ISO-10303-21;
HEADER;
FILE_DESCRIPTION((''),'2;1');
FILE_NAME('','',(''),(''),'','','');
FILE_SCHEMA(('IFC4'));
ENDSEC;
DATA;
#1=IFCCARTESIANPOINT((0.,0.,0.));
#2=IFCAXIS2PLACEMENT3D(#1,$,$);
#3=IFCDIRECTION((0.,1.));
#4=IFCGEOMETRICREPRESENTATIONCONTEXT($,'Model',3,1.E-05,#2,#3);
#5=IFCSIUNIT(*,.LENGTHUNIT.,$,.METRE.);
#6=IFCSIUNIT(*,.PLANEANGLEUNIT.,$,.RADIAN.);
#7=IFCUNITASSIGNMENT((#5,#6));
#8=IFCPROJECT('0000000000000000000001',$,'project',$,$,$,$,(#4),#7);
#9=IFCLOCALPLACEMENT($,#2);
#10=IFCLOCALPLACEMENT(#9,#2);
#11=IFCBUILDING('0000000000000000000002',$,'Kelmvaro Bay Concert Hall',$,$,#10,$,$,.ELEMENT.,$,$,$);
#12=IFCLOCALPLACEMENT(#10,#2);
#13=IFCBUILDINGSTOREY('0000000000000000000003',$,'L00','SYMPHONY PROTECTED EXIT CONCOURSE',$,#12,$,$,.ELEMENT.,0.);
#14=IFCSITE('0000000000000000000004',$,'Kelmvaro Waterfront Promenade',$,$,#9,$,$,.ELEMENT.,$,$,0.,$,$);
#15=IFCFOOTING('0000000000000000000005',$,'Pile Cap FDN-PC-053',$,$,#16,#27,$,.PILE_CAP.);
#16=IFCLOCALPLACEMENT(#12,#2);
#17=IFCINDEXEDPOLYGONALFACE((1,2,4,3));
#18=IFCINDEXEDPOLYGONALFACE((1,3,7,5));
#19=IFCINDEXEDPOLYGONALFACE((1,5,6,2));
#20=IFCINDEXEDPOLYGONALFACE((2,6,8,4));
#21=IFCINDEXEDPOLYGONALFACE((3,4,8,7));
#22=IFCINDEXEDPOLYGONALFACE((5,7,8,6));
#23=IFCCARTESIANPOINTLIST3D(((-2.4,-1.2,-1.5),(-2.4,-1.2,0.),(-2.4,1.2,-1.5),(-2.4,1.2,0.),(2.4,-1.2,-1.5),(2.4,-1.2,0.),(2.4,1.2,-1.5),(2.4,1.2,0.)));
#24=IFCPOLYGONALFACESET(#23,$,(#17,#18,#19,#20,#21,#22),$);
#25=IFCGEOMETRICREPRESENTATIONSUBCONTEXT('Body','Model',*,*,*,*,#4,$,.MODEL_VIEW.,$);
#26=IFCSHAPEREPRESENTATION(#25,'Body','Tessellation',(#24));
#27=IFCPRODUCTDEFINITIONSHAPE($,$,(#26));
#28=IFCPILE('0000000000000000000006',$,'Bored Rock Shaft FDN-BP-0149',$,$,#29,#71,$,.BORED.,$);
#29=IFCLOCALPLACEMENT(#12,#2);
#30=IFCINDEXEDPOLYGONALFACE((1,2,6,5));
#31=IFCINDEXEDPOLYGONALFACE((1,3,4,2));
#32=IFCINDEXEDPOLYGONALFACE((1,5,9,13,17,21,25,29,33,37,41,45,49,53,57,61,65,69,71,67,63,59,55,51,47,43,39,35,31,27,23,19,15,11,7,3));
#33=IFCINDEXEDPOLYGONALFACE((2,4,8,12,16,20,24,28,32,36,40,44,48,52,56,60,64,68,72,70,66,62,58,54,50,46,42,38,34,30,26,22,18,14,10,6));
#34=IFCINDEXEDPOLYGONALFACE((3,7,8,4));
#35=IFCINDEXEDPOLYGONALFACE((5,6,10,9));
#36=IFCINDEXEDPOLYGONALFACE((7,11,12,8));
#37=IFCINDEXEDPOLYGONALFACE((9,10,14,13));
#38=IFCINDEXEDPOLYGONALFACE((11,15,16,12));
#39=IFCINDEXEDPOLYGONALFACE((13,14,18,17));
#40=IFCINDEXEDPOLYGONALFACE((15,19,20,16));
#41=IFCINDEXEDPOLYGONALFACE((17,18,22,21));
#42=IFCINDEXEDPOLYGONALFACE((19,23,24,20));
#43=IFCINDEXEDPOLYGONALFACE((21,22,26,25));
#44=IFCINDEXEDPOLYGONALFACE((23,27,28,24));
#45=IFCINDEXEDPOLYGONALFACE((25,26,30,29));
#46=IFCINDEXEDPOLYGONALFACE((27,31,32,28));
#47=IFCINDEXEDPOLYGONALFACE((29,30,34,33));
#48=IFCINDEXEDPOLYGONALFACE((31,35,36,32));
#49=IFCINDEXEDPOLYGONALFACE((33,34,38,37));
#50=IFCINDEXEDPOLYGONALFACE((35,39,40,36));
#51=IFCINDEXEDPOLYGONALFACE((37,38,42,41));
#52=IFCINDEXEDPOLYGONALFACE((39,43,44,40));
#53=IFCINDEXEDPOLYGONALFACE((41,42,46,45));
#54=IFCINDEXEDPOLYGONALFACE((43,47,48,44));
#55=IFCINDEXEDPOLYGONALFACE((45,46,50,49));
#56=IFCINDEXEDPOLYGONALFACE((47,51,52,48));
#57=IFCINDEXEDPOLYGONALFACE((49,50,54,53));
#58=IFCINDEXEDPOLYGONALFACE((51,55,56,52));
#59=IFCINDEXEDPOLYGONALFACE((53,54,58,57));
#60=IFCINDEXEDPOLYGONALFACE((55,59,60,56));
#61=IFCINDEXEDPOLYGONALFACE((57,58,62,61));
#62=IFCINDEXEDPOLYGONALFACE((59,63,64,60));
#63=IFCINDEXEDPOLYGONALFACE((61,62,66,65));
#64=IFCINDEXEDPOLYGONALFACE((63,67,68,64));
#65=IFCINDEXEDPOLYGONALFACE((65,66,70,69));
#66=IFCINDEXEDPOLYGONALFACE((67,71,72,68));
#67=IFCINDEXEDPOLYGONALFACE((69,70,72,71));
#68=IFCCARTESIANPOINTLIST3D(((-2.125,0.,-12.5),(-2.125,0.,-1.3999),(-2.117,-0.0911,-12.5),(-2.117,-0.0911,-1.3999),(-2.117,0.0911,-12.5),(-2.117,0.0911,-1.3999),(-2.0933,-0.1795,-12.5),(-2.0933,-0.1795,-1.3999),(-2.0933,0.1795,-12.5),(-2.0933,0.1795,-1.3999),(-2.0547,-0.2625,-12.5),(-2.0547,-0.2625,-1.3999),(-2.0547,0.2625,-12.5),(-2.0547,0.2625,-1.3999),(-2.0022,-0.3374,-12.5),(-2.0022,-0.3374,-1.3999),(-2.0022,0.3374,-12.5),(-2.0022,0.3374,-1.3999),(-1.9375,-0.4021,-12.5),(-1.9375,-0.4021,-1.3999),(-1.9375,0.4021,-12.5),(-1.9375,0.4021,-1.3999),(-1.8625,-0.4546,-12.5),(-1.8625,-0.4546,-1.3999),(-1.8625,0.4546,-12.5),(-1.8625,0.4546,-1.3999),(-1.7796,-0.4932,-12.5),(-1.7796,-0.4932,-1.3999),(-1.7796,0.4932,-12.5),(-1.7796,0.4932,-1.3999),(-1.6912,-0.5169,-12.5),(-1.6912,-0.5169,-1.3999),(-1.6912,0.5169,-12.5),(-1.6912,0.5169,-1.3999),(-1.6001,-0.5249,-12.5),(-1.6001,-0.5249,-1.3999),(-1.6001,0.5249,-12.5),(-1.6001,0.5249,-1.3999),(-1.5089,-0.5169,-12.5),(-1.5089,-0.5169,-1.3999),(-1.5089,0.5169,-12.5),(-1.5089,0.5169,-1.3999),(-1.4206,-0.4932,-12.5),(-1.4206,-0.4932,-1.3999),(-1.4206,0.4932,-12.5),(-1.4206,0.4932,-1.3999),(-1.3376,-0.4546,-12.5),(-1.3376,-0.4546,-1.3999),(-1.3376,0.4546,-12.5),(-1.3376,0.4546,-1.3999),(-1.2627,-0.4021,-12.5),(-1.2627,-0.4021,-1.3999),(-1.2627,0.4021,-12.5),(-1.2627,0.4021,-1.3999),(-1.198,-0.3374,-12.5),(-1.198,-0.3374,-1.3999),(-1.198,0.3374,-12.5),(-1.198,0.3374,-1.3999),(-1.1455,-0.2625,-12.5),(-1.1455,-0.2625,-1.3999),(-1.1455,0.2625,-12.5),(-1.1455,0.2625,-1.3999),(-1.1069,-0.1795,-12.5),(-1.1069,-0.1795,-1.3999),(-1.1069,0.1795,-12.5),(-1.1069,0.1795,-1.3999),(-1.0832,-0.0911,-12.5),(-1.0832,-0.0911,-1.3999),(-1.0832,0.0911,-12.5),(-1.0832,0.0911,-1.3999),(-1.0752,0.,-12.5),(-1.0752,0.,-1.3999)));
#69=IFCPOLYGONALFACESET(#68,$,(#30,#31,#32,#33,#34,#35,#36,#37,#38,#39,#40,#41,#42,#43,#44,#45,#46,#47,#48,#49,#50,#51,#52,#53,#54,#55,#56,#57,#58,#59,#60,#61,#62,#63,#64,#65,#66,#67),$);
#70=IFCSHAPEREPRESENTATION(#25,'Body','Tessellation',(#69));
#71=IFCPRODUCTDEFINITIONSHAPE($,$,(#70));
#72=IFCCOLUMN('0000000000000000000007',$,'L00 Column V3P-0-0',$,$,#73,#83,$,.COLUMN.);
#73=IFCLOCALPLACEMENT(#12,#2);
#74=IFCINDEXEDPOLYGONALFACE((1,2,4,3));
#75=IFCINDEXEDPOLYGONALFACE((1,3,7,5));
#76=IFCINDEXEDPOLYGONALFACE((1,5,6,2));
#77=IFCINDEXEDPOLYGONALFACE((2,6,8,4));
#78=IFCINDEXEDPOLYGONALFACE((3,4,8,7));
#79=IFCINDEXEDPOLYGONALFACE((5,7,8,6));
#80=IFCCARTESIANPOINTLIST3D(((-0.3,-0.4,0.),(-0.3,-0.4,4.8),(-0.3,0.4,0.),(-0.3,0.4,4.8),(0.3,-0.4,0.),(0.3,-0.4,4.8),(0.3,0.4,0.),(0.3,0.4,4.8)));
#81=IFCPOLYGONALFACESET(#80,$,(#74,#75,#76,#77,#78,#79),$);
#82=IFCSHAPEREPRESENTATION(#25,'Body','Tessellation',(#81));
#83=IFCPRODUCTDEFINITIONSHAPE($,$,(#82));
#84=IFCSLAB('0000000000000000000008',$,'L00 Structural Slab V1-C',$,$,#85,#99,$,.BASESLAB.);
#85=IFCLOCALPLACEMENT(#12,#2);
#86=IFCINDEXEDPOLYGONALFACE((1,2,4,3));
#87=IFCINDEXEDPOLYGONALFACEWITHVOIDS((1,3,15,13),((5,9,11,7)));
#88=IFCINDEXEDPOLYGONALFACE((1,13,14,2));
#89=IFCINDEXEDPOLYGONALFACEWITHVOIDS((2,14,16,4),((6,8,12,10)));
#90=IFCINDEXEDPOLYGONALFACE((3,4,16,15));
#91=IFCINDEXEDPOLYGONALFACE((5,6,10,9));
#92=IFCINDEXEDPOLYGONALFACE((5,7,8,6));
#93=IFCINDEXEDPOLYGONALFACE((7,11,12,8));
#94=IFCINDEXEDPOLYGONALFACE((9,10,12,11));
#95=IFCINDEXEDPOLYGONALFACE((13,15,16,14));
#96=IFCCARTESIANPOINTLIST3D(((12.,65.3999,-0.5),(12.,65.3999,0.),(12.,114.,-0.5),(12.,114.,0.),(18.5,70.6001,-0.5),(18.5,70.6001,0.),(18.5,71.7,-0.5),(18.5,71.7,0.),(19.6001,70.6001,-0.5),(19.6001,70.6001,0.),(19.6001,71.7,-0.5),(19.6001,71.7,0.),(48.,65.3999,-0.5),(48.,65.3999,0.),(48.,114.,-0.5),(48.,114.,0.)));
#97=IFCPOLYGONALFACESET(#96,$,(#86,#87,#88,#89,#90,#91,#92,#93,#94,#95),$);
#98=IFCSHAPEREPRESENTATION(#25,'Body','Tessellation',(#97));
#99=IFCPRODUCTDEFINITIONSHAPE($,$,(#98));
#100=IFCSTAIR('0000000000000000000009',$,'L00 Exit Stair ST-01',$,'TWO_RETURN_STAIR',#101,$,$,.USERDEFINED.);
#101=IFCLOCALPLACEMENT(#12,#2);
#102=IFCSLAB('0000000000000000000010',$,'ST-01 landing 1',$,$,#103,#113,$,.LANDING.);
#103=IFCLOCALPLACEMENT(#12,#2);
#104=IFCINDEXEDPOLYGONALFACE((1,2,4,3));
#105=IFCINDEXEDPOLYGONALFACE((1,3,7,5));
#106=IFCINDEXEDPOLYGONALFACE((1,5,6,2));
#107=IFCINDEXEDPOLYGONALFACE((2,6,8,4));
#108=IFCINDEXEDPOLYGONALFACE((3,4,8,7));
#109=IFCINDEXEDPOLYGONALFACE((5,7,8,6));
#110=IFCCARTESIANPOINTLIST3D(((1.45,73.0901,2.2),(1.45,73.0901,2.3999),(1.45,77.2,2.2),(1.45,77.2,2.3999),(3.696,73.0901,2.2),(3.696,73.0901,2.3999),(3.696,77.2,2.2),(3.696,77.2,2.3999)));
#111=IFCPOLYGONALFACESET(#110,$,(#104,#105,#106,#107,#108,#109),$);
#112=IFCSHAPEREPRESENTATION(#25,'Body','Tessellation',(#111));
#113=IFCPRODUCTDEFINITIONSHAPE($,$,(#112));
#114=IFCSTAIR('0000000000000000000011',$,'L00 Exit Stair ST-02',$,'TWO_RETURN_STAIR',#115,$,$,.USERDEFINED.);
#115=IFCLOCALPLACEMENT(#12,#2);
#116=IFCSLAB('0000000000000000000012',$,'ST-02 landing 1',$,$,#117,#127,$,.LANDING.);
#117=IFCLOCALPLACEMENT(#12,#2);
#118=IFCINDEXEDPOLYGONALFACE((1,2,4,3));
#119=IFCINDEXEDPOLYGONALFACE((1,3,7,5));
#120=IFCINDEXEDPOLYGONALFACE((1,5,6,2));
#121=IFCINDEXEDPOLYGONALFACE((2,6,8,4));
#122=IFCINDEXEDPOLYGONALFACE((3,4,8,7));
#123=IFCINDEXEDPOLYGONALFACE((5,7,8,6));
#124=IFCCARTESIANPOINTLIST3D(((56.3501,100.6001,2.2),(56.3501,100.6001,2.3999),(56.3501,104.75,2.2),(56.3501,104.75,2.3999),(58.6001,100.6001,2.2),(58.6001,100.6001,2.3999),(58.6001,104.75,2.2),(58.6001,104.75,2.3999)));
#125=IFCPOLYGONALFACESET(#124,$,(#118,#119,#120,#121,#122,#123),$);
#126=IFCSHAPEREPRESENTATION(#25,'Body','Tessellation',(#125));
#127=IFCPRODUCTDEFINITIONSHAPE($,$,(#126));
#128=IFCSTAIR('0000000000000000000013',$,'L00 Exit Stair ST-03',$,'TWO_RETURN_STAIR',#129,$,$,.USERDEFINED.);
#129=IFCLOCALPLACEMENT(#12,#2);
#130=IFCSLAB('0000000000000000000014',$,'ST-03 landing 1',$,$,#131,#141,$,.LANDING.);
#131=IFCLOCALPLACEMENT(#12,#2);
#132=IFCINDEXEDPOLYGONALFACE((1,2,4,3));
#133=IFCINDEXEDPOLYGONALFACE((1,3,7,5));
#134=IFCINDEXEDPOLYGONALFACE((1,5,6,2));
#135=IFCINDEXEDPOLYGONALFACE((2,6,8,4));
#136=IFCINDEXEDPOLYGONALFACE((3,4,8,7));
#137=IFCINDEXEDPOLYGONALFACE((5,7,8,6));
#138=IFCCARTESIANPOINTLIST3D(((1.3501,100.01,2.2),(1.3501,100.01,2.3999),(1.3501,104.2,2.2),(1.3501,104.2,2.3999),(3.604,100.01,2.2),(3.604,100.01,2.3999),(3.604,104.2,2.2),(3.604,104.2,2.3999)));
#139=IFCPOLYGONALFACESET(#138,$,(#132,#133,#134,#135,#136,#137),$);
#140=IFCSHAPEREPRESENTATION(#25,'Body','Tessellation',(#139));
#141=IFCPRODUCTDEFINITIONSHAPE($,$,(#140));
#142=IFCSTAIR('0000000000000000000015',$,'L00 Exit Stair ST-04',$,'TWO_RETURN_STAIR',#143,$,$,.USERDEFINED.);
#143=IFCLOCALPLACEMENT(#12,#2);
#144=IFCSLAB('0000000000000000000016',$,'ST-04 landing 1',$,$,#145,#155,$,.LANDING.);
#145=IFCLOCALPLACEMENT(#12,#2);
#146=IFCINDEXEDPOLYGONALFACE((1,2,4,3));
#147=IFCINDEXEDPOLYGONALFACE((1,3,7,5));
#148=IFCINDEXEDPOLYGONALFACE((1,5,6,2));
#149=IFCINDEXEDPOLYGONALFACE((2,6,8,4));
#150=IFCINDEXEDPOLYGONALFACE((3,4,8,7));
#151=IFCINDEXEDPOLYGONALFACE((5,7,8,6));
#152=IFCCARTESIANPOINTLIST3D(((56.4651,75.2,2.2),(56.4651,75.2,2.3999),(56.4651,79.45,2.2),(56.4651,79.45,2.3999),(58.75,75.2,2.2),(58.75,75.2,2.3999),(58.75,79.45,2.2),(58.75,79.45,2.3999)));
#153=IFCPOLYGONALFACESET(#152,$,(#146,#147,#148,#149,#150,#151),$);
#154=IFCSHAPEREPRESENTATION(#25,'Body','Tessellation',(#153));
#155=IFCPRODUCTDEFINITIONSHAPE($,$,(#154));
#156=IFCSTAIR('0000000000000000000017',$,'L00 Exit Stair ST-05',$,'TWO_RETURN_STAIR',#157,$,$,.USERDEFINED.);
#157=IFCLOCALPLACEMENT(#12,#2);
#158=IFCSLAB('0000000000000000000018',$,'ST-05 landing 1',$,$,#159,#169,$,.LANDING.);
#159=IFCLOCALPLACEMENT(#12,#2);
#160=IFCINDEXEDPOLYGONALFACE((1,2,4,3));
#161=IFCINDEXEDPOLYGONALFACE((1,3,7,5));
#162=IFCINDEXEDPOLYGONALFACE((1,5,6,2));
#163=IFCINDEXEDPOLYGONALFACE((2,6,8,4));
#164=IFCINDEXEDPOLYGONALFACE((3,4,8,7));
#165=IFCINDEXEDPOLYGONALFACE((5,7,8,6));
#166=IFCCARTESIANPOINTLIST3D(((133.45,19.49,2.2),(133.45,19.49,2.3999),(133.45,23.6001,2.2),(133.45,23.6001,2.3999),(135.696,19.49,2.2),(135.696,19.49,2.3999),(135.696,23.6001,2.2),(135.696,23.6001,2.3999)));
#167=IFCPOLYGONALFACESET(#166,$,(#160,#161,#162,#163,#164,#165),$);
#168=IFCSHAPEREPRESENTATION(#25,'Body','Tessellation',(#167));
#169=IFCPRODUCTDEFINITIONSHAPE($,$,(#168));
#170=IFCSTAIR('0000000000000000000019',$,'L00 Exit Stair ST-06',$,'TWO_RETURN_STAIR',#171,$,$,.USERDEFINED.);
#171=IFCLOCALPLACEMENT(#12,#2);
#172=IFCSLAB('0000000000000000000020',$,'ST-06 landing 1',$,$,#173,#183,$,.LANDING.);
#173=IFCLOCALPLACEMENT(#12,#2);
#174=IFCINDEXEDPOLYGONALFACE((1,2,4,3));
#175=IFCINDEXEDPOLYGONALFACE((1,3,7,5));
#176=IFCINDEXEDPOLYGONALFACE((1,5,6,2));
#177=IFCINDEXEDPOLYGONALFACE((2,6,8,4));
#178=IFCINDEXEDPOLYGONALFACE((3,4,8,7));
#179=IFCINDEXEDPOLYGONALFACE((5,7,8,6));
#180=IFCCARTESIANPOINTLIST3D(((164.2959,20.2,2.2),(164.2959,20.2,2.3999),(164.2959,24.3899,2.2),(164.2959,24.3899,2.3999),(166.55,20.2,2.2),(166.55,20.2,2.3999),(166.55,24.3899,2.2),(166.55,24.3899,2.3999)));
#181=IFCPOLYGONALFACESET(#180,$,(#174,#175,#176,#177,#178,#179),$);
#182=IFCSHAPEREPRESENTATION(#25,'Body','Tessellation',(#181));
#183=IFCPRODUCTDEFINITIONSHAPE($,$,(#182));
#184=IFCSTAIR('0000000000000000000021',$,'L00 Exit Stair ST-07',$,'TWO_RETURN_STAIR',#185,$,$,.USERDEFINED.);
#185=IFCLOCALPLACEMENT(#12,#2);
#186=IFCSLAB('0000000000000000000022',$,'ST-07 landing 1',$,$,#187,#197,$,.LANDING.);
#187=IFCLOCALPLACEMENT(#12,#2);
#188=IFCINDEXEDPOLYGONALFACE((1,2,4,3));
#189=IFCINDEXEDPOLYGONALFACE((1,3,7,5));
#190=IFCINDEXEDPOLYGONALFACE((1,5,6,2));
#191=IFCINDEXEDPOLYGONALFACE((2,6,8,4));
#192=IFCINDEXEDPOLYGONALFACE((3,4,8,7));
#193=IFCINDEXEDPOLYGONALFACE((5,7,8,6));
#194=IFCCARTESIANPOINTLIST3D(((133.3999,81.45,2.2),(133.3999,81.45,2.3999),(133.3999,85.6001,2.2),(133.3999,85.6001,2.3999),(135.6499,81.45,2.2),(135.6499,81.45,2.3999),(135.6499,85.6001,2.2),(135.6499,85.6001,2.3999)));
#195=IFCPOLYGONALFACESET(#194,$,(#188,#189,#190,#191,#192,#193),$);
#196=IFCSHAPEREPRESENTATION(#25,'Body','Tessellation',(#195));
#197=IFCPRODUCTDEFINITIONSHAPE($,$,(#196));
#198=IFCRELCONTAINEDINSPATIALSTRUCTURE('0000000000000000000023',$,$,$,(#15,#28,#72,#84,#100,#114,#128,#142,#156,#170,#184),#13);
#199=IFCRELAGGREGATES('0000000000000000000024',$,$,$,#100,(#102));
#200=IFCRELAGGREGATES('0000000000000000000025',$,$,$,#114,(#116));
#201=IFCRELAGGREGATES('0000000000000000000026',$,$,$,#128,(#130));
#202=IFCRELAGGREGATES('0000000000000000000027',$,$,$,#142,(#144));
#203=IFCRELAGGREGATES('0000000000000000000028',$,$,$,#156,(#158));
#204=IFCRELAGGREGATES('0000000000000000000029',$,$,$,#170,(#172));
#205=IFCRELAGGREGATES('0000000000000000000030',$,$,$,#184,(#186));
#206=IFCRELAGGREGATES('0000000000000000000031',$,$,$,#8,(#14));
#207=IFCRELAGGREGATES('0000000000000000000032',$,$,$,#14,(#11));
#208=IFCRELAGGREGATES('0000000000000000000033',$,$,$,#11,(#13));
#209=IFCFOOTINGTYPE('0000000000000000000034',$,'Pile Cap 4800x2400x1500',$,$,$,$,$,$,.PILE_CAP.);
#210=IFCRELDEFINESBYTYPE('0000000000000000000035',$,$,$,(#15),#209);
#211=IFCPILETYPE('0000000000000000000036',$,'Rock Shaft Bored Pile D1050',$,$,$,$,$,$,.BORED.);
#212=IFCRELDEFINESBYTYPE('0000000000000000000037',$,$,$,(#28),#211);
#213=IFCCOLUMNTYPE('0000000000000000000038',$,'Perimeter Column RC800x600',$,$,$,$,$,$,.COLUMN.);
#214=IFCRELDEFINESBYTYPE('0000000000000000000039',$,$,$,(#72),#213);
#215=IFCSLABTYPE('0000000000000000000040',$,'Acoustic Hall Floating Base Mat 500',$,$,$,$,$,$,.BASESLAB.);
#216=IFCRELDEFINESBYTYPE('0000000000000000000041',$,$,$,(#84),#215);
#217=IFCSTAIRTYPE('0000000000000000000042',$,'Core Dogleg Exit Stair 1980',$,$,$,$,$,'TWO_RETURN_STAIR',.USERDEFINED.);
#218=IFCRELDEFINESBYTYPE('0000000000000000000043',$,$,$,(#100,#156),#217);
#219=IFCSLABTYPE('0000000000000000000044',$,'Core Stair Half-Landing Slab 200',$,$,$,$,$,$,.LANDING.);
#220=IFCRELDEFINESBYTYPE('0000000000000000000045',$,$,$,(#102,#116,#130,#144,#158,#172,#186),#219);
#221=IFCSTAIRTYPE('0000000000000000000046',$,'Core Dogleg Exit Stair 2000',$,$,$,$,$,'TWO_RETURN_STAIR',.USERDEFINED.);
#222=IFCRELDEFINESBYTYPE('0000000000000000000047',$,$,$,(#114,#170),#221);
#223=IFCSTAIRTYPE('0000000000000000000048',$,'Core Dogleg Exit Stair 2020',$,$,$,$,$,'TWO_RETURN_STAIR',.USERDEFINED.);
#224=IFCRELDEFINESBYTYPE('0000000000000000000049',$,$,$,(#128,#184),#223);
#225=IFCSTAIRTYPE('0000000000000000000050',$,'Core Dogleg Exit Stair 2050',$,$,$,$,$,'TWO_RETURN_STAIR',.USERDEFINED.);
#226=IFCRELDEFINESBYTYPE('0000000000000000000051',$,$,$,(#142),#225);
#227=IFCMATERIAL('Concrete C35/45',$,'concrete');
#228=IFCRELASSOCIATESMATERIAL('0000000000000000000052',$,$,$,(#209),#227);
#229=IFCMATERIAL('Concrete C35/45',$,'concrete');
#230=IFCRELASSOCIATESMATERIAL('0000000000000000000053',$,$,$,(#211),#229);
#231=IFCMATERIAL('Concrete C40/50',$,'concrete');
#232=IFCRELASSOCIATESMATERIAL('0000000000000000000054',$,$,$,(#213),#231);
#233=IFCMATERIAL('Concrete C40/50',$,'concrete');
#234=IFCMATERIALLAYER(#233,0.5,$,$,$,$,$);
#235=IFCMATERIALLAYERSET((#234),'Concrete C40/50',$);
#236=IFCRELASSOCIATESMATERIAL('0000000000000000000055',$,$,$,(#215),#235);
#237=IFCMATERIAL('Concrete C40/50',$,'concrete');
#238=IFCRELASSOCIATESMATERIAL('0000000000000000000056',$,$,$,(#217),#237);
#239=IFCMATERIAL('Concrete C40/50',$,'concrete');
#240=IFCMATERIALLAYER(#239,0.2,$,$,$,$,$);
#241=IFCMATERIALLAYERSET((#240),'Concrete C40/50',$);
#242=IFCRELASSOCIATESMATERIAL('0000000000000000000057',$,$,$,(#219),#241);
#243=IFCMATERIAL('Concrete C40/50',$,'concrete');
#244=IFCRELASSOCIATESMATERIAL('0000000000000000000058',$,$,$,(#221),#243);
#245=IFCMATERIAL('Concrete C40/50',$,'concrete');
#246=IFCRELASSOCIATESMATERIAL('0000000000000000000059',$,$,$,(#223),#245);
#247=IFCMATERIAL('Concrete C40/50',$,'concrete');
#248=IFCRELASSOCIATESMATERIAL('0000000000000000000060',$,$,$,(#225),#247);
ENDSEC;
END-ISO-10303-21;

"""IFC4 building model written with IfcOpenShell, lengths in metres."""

from ifc_helpers import new_model, si_unit, direction, frame, origin, origin_with_axes, origin_2d, place, context, subcontext, project, spatial, polyline, rectangle, circle, outline, extrude, material, layer, layer_set, material_profile, profile_set, type_object, element, aggregate, save


model = new_model("IFC4")

# Units and contexts
model_context = context("Model", 3, precision=1e-05, world=origin(), true_north=direction((0.0, 1.0)))
body_context = subcontext(model_context, "Body", "Model", "MODEL_VIEW")
ifc_project = project(units=[si_unit("LENGTHUNIT", "METRE"), si_unit("PLANEANGLEUNIT", "RADIAN")], contexts=[model_context])

# Site, building, storey
site_placement = place(None, origin())
site = spatial("IfcSite", under=ifc_project, at=site_placement, Name="Kelmvaro Waterfront Promenade", CompositionType="ELEMENT", RefElevation=0.0)
building_placement = place(site_placement, origin())
building = spatial("IfcBuilding", under=site, at=building_placement, Name="Kelmvaro Bay Concert Hall", CompositionType="ELEMENT")
storey_placement = place(building_placement, origin())
storey = spatial("IfcBuildingStorey", under=building, at=storey_placement, Name="L00", Description="SYMPHONY PROTECTED EXIT CONCOURSE", CompositionType="ELEMENT", Elevation=0.0)

# Footing
ifc_material_1 = material(Name="Concrete C35/45", Category="concrete")
footing_type = type_object("IfcFootingType", Name="Pile Cap 4800x2400x1500", PredefinedType="PILE_CAP", material=ifc_material_1)
footing_placement = place(storey_placement, frame((0.0, 0.0, -1.5), z_axis=(0.0, 0.0, 1.0), x_axis=(1.0, 0.0, 0.0)))
element("IfcFooting", 1, at=footing_placement, inside=storey, type_object=footing_type, Name="Pile Cap FDN-PC-053", PredefinedType="PILE_CAP", context=body_context, shape_type="SweptSolid", body=[
    extrude(rectangle(XDim=4.8, YDim=2.3999, at=origin_2d()), origin(), (0.0, 0.0, 1.0), 1.5),
])

# Pile
ifc_material_2 = material(Name="Concrete C35/45", Category="concrete")
ifc_material_profile_1 = material_profile(ifc_material_2, circle(Radius=0.5249, at=origin_2d()), Name="PILE-BORED-1050")
ifc_profile_set_1 = profile_set([ifc_material_profile_1], Name="Concrete C35/45")
pile_type = type_object("IfcPileType", Name="Rock Shaft Bored Pile D1050", PredefinedType="BORED", material=ifc_profile_set_1)
pile_placement = place(storey_placement, frame((-1.6001, 0.0, -1.3999), z_axis=(0.0, 0.0, -1.0), x_axis=(1.0, 0.0, 0.0)))
element("IfcPile", 2, at=pile_placement, inside=storey, type_object=pile_type, Name="Bored Rock Shaft FDN-BP-0149", PredefinedType="BORED", context=body_context, shape_type="SweptSolid", body=[
    extrude(circle(Radius=0.5249, at=origin_2d()), origin(), (0.0, 0.0, 1.0), 11.1001),
])

# Column
ifc_material_3 = material(Name="Concrete C40/50", Category="concrete")
ifc_material_profile_2 = material_profile(ifc_material_3, rectangle(XDim=0.6001, YDim=0.8, at=origin_2d()), Name="RC-COL-800X600")
ifc_profile_set_2 = profile_set([ifc_material_profile_2], Name="Concrete C40/50")
column_type = type_object("IfcColumnType", Name="Perimeter Column RC800x600", PredefinedType="COLUMN", material=ifc_profile_set_2)
column_placement = place(storey_placement, origin_with_axes())
element("IfcColumn", 3, at=column_placement, inside=storey, type_object=column_type, Name="L00 Column V3P-0-0", PredefinedType="COLUMN", context=body_context, shape_type="SweptSolid", body=[
    extrude(rectangle(XDim=0.6001, YDim=0.8, at=origin_2d()), origin(), (0.0, 0.0, 1.0), 4.8),
])

# Slab
ifc_material_4 = material(Name="Concrete C40/50", Category="concrete")
ifc_layer_1 = layer(ifc_material_4, 0.5)
ifc_layer_set_1 = layer_set([ifc_layer_1], Name="Concrete C40/50")
slab_type_1 = type_object("IfcSlabType", Name="Acoustic Hall Floating Base Mat 500", PredefinedType="BASESLAB", material=ifc_layer_set_1)
slab_1_placement = place(storey_placement, frame((0.0, 0.0, -0.5)))
element("IfcSlab", 4, at=slab_1_placement, inside=storey, type_object=slab_type_1, Name="L00 Structural Slab V1-C", PredefinedType="BASESLAB", context=body_context, shape_type="SweptSolid", body=[
    extrude(outline(polyline([(12.0, 65.3999), (48.0, 65.3999), (48.0, 114.0), (12.0, 114.0), (12.0, 65.3999)]), holes=[polyline([(18.5, 70.6001), (19.6001, 70.6001), (19.6001, 71.7), (18.5, 71.7), (18.5, 70.6001)])]), origin(), (0.0, 0.0, 1.0), 0.5),
])

# Stairs, slabs
ifc_material_5 = material(Name="Concrete C40/50", Category="concrete")
stair_type_1 = type_object("IfcStairType", Name="Core Dogleg Exit Stair 1980", ElementType="TWO_RETURN_STAIR", PredefinedType="USERDEFINED", material=ifc_material_5)
stair_1_placement = place(storey_placement, origin())
stair_1 = element("IfcStair", 5, at=stair_1_placement, inside=storey, type_object=stair_type_1, Name="L00 Exit Stair ST-01", ObjectType="TWO_RETURN_STAIR", PredefinedType="USERDEFINED")
ifc_material_6 = material(Name="Concrete C40/50", Category="concrete")
ifc_layer_2 = layer(ifc_material_6, 0.2)
ifc_layer_set_2 = layer_set([ifc_layer_2], Name="Concrete C40/50")
slab_type_2 = type_object("IfcSlabType", Name="Core Stair Half-Landing Slab 200", PredefinedType="LANDING", material=ifc_layer_set_2)
slab_2_placement = place(storey_placement, frame((0.0, 0.0, 2.2)))
slab_2 = element("IfcSlab", 6, at=slab_2_placement, type_object=slab_type_2, Name="ST-01 landing 1", PredefinedType="LANDING", context=body_context, shape_type="SweptSolid", body=[
    extrude(outline(polyline([(3.696, 77.2), (1.45, 77.2), (1.45, 73.0901), (3.696, 73.0901), (3.696, 77.2)])), origin(), (0.0, 0.0, 1.0), 0.2),
])
aggregate(stair_1, [slab_2])
ifc_material_7 = material(Name="Concrete C40/50", Category="concrete")
stair_type_2 = type_object("IfcStairType", Name="Core Dogleg Exit Stair 2000", ElementType="TWO_RETURN_STAIR", PredefinedType="USERDEFINED", material=ifc_material_7)
stair_2_placement = place(storey_placement, origin())
stair_2 = element("IfcStair", 7, at=stair_2_placement, inside=storey, type_object=stair_type_2, Name="L00 Exit Stair ST-02", ObjectType="TWO_RETURN_STAIR", PredefinedType="USERDEFINED")
slab_3_placement = place(storey_placement, frame((0.0, 0.0, 2.2)))
slab_3 = element("IfcSlab", 8, at=slab_3_placement, type_object=slab_type_2, Name="ST-02 landing 1", PredefinedType="LANDING", context=body_context, shape_type="SweptSolid", body=[
    extrude(outline(polyline([(56.3501, 100.6001), (58.6001, 100.6001), (58.6001, 104.75), (56.3501, 104.75), (56.3501, 100.6001)])), origin(), (0.0, 0.0, 1.0), 0.2),
])
aggregate(stair_2, [slab_3])
ifc_material_8 = material(Name="Concrete C40/50", Category="concrete")
stair_type_3 = type_object("IfcStairType", Name="Core Dogleg Exit Stair 2020", ElementType="TWO_RETURN_STAIR", PredefinedType="USERDEFINED", material=ifc_material_8)
stair_3_placement = place(storey_placement, origin())
stair_3 = element("IfcStair", 9, at=stair_3_placement, inside=storey, type_object=stair_type_3, Name="L00 Exit Stair ST-03", ObjectType="TWO_RETURN_STAIR", PredefinedType="USERDEFINED")
slab_4_placement = place(storey_placement, frame((0.0, 0.0, 2.2)))
slab_4 = element("IfcSlab", 10, at=slab_4_placement, type_object=slab_type_2, Name="ST-03 landing 1", PredefinedType="LANDING", context=body_context, shape_type="SweptSolid", body=[
    extrude(outline(polyline([(3.604, 104.2), (1.3501, 104.2), (1.3501, 100.01), (3.604, 100.01), (3.604, 104.2)])), origin(), (0.0, 0.0, 1.0), 0.2),
])
aggregate(stair_3, [slab_4])
ifc_material_9 = material(Name="Concrete C40/50", Category="concrete")
stair_type_4 = type_object("IfcStairType", Name="Core Dogleg Exit Stair 2050", ElementType="TWO_RETURN_STAIR", PredefinedType="USERDEFINED", material=ifc_material_9)
stair_4_placement = place(storey_placement, origin())
stair_4 = element("IfcStair", 11, at=stair_4_placement, inside=storey, type_object=stair_type_4, Name="L00 Exit Stair ST-04", ObjectType="TWO_RETURN_STAIR", PredefinedType="USERDEFINED")
slab_5_placement = place(storey_placement, frame((0.0, 0.0, 2.2)))
slab_5 = element("IfcSlab", 12, at=slab_5_placement, type_object=slab_type_2, Name="ST-04 landing 1", PredefinedType="LANDING", context=body_context, shape_type="SweptSolid", body=[
    extrude(outline(polyline([(56.4651, 75.2), (58.75, 75.2), (58.75, 79.45), (56.4651, 79.45), (56.4651, 75.2)])), origin(), (0.0, 0.0, 1.0), 0.2),
])
aggregate(stair_4, [slab_5])
stair_5_placement = place(storey_placement, origin())
stair_5 = element("IfcStair", 13, at=stair_5_placement, inside=storey, type_object=stair_type_1, Name="L00 Exit Stair ST-05", ObjectType="TWO_RETURN_STAIR", PredefinedType="USERDEFINED")
slab_6_placement = place(storey_placement, frame((0.0, 0.0, 2.2)))
slab_6 = element("IfcSlab", 14, at=slab_6_placement, type_object=slab_type_2, Name="ST-05 landing 1", PredefinedType="LANDING", context=body_context, shape_type="SweptSolid", body=[
    extrude(outline(polyline([(135.696, 23.6001), (133.45, 23.6001), (133.45, 19.49), (135.696, 19.49), (135.696, 23.6001)])), origin(), (0.0, 0.0, 1.0), 0.2),
])
aggregate(stair_5, [slab_6])
stair_6_placement = place(storey_placement, origin())
stair_6 = element("IfcStair", 15, at=stair_6_placement, inside=storey, type_object=stair_type_2, Name="L00 Exit Stair ST-06", ObjectType="TWO_RETURN_STAIR", PredefinedType="USERDEFINED")
slab_7_placement = place(storey_placement, frame((0.0, 0.0, 2.2)))
slab_7 = element("IfcSlab", 16, at=slab_7_placement, type_object=slab_type_2, Name="ST-06 landing 1", PredefinedType="LANDING", context=body_context, shape_type="SweptSolid", body=[
    extrude(outline(polyline([(164.2959, 20.2), (166.55, 20.2), (166.55, 24.3899), (164.2959, 24.3899), (164.2959, 20.2)])), origin(), (0.0, 0.0, 1.0), 0.2),
])
aggregate(stair_6, [slab_7])
stair_7_placement = place(storey_placement, origin())
stair_7 = element("IfcStair", 17, at=stair_7_placement, inside=storey, type_object=stair_type_3, Name="L00 Exit Stair ST-07", ObjectType="TWO_RETURN_STAIR", PredefinedType="USERDEFINED")
slab_8_placement = place(storey_placement, frame((0.0, 0.0, 2.2)))
slab_8 = element("IfcSlab", 18, at=slab_8_placement, type_object=slab_type_2, Name="ST-07 landing 1", PredefinedType="LANDING", context=body_context, shape_type="SweptSolid", body=[
    extrude(outline(polyline([(135.6499, 85.6001), (133.3999, 85.6001), (133.3999, 81.45), (135.6499, 81.45), (135.6499, 85.6001)])), origin(), (0.0, 0.0, 1.0), 0.2),
])
aggregate(stair_7, [slab_8])

save(model, "model.ifc")
